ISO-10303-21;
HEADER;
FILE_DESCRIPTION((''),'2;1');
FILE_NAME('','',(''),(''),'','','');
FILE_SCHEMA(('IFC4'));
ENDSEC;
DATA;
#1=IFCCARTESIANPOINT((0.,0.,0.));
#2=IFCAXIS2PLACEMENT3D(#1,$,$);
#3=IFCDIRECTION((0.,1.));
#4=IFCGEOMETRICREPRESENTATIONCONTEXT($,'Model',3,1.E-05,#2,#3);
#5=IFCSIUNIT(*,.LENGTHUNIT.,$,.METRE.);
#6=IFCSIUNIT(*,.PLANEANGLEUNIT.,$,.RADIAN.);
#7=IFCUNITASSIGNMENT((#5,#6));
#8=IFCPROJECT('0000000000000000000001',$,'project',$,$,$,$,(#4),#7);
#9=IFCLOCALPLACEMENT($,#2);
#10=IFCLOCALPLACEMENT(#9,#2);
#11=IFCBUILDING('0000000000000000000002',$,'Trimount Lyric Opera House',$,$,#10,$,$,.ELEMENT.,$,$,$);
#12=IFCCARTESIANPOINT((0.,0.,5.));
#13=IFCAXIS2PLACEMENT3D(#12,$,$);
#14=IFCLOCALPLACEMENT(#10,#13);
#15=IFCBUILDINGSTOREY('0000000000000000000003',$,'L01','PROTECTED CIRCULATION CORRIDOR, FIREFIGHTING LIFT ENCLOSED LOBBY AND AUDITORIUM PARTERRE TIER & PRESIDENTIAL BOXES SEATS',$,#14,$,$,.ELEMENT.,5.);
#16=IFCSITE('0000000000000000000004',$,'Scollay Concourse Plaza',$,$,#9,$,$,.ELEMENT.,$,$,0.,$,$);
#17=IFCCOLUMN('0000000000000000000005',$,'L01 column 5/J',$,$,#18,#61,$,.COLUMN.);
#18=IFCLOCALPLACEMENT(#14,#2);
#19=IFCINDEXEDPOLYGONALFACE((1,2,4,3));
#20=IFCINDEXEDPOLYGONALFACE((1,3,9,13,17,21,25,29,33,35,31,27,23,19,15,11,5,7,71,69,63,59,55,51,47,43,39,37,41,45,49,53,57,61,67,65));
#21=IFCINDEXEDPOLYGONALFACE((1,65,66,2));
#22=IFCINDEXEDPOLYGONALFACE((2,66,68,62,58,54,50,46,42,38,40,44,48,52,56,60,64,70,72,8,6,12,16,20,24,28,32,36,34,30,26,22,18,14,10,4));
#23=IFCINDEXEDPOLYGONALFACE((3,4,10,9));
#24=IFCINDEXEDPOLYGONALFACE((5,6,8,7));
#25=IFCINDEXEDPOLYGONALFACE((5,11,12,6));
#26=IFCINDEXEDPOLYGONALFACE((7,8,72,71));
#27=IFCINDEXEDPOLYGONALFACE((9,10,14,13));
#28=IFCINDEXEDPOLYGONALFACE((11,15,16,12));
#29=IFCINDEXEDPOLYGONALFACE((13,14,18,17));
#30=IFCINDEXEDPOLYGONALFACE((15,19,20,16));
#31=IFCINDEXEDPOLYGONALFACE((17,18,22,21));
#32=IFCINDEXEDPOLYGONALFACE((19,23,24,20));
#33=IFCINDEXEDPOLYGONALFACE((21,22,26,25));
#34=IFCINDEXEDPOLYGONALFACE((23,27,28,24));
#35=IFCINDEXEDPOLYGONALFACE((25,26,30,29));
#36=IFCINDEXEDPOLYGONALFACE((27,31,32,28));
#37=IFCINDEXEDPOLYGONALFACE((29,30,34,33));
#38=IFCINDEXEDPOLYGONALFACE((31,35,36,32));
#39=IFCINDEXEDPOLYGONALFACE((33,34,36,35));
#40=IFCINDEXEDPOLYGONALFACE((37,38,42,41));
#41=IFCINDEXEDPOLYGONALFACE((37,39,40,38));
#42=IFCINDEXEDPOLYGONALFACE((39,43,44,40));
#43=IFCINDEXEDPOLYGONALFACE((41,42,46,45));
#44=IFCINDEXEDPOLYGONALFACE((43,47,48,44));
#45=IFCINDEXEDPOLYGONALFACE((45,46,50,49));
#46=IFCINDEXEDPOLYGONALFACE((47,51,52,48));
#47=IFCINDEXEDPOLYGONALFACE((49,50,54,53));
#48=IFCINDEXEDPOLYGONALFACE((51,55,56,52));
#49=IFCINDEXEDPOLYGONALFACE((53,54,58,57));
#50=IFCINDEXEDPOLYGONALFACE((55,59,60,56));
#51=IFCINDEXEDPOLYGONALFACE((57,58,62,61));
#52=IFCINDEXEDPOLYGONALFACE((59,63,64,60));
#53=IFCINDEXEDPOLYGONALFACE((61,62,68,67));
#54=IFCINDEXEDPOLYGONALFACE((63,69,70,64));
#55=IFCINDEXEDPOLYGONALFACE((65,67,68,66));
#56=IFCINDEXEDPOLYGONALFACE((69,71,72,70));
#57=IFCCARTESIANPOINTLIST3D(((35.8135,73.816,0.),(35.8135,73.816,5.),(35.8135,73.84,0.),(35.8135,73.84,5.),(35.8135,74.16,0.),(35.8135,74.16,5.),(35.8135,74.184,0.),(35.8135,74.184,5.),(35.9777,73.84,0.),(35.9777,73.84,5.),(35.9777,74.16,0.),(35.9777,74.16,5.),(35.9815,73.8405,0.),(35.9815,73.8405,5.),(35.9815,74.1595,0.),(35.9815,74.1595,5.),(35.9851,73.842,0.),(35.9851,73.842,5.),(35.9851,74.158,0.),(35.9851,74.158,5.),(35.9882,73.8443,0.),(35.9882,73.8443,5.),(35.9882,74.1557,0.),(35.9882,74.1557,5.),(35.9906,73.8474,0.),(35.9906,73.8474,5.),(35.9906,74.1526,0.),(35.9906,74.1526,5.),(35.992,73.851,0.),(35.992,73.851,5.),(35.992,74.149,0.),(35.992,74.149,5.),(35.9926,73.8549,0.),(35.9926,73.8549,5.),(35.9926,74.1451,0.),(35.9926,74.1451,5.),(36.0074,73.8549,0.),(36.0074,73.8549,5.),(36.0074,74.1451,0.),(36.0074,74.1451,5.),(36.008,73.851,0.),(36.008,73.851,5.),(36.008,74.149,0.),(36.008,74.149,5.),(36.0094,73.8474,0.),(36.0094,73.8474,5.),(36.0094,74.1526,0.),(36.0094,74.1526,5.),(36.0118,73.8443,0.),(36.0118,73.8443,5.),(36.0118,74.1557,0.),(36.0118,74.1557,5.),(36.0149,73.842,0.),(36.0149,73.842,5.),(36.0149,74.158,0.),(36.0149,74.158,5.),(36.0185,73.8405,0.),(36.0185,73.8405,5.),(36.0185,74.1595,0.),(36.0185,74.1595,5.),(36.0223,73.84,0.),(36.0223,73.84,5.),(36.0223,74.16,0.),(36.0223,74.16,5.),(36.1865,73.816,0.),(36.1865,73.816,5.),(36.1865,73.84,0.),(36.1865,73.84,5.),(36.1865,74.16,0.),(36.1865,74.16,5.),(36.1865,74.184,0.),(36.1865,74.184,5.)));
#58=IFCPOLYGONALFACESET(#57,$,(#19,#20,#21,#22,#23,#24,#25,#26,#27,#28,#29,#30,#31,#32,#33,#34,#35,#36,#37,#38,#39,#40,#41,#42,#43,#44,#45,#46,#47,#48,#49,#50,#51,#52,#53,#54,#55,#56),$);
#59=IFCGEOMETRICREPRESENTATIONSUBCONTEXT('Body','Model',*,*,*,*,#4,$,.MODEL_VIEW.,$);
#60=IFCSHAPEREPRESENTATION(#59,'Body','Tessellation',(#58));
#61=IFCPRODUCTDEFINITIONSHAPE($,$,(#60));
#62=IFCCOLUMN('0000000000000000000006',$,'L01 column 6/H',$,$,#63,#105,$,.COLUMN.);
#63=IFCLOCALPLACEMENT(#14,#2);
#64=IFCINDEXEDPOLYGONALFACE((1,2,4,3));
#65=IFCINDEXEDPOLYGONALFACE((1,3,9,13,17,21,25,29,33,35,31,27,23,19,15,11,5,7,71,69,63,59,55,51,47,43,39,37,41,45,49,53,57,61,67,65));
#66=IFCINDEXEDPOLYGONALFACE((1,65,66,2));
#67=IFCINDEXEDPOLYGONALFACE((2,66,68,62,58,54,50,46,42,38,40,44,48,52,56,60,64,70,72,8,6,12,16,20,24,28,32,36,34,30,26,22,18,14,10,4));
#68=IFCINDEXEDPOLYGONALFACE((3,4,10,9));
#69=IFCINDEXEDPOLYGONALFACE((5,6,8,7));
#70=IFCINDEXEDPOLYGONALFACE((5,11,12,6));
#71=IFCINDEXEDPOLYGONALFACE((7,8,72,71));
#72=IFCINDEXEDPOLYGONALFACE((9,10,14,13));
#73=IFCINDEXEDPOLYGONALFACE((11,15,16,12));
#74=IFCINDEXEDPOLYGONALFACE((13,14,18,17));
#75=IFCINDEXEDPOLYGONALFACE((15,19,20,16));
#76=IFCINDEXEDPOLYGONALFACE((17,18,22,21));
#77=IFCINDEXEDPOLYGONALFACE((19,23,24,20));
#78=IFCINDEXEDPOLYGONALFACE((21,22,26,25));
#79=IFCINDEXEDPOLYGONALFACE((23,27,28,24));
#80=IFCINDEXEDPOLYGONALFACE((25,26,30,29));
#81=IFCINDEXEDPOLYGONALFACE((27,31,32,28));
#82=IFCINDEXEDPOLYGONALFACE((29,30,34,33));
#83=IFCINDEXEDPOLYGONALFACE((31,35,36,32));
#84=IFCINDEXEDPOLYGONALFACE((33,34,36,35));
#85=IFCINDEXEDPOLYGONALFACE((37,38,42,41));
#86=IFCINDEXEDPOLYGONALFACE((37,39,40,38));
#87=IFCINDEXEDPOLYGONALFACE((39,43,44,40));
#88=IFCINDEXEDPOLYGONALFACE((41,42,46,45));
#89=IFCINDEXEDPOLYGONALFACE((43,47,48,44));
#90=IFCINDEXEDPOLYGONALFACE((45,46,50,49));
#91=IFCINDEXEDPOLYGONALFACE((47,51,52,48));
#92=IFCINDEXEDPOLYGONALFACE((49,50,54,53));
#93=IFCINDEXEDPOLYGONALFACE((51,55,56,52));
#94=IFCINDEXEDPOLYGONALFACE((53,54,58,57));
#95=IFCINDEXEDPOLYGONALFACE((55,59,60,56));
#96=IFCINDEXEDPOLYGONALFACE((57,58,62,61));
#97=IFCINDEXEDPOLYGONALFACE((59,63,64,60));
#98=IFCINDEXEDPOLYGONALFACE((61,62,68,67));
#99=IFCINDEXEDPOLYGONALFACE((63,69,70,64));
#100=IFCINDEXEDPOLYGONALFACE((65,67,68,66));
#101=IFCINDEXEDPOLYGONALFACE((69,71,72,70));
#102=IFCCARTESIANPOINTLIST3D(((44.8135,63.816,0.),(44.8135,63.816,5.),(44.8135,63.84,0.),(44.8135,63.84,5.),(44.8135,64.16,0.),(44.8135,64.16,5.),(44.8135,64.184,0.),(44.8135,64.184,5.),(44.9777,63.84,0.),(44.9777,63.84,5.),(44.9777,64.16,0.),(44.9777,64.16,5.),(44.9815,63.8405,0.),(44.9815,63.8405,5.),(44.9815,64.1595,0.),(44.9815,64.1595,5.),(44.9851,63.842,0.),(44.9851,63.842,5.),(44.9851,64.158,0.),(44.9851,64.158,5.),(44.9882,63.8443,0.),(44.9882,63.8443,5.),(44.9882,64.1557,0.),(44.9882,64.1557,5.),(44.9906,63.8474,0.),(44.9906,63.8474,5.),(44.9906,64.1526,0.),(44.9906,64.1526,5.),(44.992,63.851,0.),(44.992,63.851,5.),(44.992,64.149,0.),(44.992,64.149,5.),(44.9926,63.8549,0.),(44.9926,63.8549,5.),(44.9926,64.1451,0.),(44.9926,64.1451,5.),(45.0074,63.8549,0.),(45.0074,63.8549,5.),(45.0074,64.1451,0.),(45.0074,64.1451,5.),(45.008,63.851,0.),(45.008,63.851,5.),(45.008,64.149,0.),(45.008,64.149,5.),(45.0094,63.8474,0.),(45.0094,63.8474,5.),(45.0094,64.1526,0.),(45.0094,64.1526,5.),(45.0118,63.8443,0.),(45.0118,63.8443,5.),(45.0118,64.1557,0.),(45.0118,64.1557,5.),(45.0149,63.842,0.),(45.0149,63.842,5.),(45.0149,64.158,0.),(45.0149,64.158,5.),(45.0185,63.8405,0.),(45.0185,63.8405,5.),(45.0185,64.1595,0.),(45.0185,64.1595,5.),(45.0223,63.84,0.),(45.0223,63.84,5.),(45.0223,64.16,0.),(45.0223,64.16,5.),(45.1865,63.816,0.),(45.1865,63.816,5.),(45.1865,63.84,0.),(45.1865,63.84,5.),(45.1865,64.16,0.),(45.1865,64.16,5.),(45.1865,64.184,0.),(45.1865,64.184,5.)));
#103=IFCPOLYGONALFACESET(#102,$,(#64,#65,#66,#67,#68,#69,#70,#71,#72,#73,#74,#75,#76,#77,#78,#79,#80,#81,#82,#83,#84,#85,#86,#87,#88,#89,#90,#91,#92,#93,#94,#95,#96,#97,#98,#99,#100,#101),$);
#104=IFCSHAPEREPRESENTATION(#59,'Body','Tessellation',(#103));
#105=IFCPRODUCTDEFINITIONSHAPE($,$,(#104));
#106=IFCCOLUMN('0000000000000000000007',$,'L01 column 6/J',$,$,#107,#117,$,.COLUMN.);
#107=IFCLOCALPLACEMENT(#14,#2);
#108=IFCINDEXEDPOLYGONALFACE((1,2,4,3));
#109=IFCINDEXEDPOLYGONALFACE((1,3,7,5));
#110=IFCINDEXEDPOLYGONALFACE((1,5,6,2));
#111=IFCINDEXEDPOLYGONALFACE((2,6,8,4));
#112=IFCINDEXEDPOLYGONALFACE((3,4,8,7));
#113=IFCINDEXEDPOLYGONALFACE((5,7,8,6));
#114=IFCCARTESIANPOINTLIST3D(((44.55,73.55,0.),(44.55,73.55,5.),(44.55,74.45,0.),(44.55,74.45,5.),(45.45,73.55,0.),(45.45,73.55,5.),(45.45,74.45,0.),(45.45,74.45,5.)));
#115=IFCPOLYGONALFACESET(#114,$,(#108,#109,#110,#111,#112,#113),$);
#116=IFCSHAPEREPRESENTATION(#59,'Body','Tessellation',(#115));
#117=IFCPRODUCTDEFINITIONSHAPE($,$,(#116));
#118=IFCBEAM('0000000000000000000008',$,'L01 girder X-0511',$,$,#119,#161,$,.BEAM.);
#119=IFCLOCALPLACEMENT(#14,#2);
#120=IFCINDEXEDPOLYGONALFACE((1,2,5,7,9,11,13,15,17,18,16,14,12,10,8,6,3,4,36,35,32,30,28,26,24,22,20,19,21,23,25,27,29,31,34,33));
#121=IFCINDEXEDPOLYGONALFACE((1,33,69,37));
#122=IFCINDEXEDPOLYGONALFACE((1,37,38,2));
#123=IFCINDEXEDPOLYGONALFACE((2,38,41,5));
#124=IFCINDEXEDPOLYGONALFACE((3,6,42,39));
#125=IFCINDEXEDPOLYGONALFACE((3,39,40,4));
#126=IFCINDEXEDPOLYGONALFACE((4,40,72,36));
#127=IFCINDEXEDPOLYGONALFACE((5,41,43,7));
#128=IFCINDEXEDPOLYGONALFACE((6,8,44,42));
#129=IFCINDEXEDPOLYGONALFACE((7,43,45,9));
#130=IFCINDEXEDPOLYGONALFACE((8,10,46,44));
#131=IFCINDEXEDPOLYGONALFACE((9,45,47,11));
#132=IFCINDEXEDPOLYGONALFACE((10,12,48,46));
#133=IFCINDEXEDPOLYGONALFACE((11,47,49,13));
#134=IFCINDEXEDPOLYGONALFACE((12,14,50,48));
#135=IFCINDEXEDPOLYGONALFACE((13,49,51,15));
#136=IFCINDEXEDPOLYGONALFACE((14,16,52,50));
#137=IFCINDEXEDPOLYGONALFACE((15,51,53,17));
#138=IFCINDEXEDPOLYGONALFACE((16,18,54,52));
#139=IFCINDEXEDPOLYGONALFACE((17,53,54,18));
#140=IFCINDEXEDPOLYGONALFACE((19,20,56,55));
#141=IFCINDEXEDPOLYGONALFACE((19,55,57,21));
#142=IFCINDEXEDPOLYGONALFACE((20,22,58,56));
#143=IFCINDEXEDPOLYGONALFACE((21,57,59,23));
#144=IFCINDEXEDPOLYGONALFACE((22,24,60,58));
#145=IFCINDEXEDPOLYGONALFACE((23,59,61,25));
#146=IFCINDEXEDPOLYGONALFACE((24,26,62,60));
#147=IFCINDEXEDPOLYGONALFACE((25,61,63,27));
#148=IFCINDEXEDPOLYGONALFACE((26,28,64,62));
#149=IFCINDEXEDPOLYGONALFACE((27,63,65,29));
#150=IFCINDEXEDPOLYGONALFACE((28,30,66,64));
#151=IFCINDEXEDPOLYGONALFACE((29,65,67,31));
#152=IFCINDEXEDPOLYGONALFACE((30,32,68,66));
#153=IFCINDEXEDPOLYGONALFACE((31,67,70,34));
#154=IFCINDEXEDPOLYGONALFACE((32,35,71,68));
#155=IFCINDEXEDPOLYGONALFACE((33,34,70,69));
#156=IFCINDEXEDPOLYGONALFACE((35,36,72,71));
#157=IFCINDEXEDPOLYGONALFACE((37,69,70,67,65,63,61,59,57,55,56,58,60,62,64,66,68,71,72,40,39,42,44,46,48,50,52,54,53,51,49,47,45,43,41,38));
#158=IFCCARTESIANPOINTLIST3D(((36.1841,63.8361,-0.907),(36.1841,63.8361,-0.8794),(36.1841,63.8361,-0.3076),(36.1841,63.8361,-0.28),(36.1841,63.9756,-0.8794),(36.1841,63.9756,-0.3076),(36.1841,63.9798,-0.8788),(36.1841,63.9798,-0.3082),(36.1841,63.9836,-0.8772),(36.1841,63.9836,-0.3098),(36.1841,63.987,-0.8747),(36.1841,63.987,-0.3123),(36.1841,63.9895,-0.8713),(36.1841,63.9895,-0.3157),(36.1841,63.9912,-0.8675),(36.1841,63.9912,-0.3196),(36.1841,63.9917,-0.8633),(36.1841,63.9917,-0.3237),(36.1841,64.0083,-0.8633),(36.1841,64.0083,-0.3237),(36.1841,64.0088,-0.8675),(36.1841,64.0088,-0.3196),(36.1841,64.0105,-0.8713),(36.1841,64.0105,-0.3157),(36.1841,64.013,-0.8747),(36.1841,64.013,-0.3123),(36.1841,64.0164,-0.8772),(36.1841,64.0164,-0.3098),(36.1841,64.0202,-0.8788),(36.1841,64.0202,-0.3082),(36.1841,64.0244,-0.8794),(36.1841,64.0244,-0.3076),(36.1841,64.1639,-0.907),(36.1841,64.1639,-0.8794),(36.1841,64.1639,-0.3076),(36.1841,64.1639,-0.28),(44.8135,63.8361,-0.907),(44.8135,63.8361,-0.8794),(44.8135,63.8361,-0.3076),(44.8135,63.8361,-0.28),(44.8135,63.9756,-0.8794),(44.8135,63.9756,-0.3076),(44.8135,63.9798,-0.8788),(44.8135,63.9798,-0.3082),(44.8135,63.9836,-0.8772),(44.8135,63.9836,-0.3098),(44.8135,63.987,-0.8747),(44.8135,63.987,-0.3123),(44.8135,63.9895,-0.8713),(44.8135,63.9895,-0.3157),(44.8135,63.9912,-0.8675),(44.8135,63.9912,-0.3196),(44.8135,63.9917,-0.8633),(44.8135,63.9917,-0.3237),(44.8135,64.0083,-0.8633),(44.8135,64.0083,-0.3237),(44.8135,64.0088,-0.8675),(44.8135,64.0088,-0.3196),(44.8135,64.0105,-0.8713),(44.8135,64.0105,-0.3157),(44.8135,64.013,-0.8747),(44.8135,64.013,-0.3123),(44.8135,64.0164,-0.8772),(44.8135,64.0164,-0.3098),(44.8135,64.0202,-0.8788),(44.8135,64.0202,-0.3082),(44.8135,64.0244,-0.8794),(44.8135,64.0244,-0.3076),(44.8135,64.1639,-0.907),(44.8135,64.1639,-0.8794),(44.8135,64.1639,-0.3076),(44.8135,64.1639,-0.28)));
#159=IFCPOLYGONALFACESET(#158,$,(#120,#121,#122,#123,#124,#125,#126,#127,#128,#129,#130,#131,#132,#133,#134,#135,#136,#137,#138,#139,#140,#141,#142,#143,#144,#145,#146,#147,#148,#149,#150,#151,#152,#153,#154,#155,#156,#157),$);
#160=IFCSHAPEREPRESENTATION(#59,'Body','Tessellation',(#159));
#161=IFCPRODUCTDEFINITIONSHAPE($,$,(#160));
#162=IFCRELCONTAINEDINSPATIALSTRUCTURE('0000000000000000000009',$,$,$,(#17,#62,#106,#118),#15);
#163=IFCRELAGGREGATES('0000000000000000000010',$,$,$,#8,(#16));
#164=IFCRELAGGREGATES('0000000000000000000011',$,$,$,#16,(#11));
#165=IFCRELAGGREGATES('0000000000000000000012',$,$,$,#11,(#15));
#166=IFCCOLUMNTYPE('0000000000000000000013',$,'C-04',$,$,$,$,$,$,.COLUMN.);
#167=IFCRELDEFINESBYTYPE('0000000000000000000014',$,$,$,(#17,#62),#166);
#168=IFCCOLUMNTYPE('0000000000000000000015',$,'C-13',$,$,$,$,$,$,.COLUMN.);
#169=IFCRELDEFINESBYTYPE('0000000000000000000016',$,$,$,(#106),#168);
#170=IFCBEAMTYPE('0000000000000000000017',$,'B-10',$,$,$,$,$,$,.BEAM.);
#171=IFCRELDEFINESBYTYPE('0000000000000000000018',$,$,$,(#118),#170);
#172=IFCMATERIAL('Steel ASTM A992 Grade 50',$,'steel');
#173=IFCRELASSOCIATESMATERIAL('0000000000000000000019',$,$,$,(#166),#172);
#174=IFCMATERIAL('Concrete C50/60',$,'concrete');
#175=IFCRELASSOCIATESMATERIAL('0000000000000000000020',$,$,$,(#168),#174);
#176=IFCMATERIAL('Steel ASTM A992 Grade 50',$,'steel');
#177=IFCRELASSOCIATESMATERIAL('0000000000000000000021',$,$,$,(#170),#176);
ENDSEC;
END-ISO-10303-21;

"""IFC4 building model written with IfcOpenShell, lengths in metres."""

from ifc_helpers import new_model, si_unit, direction, frame, origin, origin_2d, place, context, subcontext, project, spatial, rectangle, i_section, extrude, material, material_profile, profile_set, type_object, element, save


model = new_model("IFC4")

# Units and contexts
model_context = context("Model", 3, precision=1e-05, world=origin(), true_north=direction((0.0, 1.0)))
body_context = subcontext(model_context, "Body", "Model", "MODEL_VIEW")
ifc_project = project(units=[si_unit("LENGTHUNIT", "METRE"), si_unit("PLANEANGLEUNIT", "RADIAN")], contexts=[model_context])

# Site, building, storey
site_placement = place(None, origin())
site = spatial("IfcSite", under=ifc_project, at=site_placement, Name="Scollay Concourse Plaza", CompositionType="ELEMENT", RefElevation=0.0)
building_placement = place(site_placement, origin())
building = spatial("IfcBuilding", under=site, at=building_placement, Name="Trimount Lyric Opera House", CompositionType="ELEMENT")
storey_placement = place(building_placement, frame((0.0, 0.0, 5.0)))
storey = spatial("IfcBuildingStorey", under=building, at=storey_placement, Name="L01", Description="PROTECTED CIRCULATION CORRIDOR, FIREFIGHTING LIFT ENCLOSED LOBBY AND AUDITORIUM PARTERRE TIER & PRESIDENTIAL BOXES SEATS", CompositionType="ELEMENT", Elevation=5.0)

# Columns
ifc_material_1 = material(Name="Steel ASTM A992 Grade 50", Category="steel")
ifc_material_profile_1 = material_profile(ifc_material_1, i_section(OverallWidth=0.373, OverallDepth=0.3679, WebThickness=0.0149, FlangeThickness=0.0239, FilletRadius=0.0149, at=origin_2d()), Name="W14X120")
ifc_profile_set_1 = profile_set([ifc_material_profile_1], Name="Steel ASTM A992 Grade 50")
column_type_1 = type_object("IfcColumnType", Name="C-04", PredefinedType="COLUMN", material=ifc_profile_set_1)
for number, where, z_axis, x_axis, name in (
    (1, (36.0, 74.0, 0.0), (0.0, 0.0, 1.0), (1.0, 0.0, 0.0), "L01 column 5/J"),
    (2, (45.0, 64.0, 0.0), (0.0, 0.0, 1.0), (1.0, 0.0, 0.0), "L01 column 6/H"),
):
    element("IfcColumn", number, at=place(storey_placement, frame(where, z_axis=z_axis, x_axis=x_axis)), inside=storey, type_object=column_type_1, Name=name, PredefinedType="COLUMN", context=body_context, shape_type="SweptSolid", body=[
        extrude(i_section(OverallWidth=0.373, OverallDepth=0.3679, WebThickness=0.0149, FlangeThickness=0.0239, FilletRadius=0.0149, at=origin_2d()), origin(), (0.0, 0.0, 1.0), 5.0),
    ])
ifc_material_2 = material(Name="Concrete C50/60", Category="concrete")
ifc_material_profile_2 = material_profile(ifc_material_2, rectangle(XDim=0.8999, YDim=0.8999, at=origin_2d()), Name="RC900X900")
ifc_profile_set_2 = profile_set([ifc_material_profile_2], Name="Concrete C50/60")
column_type_2 = type_object("IfcColumnType", Name="C-13", PredefinedType="COLUMN", material=ifc_profile_set_2)
column_placement = place(storey_placement, frame((45.0, 74.0, 0.0), z_axis=(0.0, 0.0, 1.0), x_axis=(1.0, 0.0, 0.0)))
element("IfcColumn", 3, at=column_placement, inside=storey, type_object=column_type_2, Name="L01 column 6/J", PredefinedType="COLUMN", context=body_context, shape_type="SweptSolid", body=[
    extrude(rectangle(XDim=0.8999, YDim=0.8999, at=origin_2d()), origin(), (0.0, 0.0, 1.0), 5.0),
])

# Beam
ifc_material_3 = material(Name="Steel ASTM A992 Grade 50", Category="steel")
ifc_material_profile_3 = material_profile(ifc_material_3, i_section(OverallWidth=0.3279, OverallDepth=0.627, WebThickness=0.0166, FlangeThickness=0.0276, FilletRadius=0.0161, at=origin_2d()), Name="W24X146")
ifc_profile_set_3 = profile_set([ifc_material_profile_3], Name="Steel ASTM A992 Grade 50")
beam_type_1 = type_object("IfcBeamType", Name="B-10", PredefinedType="BEAM", material=ifc_profile_set_3)
beam_1_placement = place(storey_placement, frame((36.1841, 64.0, -0.5935), z_axis=(1.0, 0.0, 0.0), x_axis=(0.0, 1.0, 0.0)))
element("IfcBeam", 4, at=beam_1_placement, inside=storey, type_object=beam_type_1, Name="L01 girder X-0511", PredefinedType="BEAM", context=body_context, shape_type="SweptSolid", body=[
    extrude(i_section(OverallWidth=0.3279, OverallDepth=0.627, WebThickness=0.0166, FlangeThickness=0.0276, FilletRadius=0.0161, at=origin_2d()), origin(), (0.0, 0.0, 1.0), 8.6294),
])

save(model, "model.ifc")
